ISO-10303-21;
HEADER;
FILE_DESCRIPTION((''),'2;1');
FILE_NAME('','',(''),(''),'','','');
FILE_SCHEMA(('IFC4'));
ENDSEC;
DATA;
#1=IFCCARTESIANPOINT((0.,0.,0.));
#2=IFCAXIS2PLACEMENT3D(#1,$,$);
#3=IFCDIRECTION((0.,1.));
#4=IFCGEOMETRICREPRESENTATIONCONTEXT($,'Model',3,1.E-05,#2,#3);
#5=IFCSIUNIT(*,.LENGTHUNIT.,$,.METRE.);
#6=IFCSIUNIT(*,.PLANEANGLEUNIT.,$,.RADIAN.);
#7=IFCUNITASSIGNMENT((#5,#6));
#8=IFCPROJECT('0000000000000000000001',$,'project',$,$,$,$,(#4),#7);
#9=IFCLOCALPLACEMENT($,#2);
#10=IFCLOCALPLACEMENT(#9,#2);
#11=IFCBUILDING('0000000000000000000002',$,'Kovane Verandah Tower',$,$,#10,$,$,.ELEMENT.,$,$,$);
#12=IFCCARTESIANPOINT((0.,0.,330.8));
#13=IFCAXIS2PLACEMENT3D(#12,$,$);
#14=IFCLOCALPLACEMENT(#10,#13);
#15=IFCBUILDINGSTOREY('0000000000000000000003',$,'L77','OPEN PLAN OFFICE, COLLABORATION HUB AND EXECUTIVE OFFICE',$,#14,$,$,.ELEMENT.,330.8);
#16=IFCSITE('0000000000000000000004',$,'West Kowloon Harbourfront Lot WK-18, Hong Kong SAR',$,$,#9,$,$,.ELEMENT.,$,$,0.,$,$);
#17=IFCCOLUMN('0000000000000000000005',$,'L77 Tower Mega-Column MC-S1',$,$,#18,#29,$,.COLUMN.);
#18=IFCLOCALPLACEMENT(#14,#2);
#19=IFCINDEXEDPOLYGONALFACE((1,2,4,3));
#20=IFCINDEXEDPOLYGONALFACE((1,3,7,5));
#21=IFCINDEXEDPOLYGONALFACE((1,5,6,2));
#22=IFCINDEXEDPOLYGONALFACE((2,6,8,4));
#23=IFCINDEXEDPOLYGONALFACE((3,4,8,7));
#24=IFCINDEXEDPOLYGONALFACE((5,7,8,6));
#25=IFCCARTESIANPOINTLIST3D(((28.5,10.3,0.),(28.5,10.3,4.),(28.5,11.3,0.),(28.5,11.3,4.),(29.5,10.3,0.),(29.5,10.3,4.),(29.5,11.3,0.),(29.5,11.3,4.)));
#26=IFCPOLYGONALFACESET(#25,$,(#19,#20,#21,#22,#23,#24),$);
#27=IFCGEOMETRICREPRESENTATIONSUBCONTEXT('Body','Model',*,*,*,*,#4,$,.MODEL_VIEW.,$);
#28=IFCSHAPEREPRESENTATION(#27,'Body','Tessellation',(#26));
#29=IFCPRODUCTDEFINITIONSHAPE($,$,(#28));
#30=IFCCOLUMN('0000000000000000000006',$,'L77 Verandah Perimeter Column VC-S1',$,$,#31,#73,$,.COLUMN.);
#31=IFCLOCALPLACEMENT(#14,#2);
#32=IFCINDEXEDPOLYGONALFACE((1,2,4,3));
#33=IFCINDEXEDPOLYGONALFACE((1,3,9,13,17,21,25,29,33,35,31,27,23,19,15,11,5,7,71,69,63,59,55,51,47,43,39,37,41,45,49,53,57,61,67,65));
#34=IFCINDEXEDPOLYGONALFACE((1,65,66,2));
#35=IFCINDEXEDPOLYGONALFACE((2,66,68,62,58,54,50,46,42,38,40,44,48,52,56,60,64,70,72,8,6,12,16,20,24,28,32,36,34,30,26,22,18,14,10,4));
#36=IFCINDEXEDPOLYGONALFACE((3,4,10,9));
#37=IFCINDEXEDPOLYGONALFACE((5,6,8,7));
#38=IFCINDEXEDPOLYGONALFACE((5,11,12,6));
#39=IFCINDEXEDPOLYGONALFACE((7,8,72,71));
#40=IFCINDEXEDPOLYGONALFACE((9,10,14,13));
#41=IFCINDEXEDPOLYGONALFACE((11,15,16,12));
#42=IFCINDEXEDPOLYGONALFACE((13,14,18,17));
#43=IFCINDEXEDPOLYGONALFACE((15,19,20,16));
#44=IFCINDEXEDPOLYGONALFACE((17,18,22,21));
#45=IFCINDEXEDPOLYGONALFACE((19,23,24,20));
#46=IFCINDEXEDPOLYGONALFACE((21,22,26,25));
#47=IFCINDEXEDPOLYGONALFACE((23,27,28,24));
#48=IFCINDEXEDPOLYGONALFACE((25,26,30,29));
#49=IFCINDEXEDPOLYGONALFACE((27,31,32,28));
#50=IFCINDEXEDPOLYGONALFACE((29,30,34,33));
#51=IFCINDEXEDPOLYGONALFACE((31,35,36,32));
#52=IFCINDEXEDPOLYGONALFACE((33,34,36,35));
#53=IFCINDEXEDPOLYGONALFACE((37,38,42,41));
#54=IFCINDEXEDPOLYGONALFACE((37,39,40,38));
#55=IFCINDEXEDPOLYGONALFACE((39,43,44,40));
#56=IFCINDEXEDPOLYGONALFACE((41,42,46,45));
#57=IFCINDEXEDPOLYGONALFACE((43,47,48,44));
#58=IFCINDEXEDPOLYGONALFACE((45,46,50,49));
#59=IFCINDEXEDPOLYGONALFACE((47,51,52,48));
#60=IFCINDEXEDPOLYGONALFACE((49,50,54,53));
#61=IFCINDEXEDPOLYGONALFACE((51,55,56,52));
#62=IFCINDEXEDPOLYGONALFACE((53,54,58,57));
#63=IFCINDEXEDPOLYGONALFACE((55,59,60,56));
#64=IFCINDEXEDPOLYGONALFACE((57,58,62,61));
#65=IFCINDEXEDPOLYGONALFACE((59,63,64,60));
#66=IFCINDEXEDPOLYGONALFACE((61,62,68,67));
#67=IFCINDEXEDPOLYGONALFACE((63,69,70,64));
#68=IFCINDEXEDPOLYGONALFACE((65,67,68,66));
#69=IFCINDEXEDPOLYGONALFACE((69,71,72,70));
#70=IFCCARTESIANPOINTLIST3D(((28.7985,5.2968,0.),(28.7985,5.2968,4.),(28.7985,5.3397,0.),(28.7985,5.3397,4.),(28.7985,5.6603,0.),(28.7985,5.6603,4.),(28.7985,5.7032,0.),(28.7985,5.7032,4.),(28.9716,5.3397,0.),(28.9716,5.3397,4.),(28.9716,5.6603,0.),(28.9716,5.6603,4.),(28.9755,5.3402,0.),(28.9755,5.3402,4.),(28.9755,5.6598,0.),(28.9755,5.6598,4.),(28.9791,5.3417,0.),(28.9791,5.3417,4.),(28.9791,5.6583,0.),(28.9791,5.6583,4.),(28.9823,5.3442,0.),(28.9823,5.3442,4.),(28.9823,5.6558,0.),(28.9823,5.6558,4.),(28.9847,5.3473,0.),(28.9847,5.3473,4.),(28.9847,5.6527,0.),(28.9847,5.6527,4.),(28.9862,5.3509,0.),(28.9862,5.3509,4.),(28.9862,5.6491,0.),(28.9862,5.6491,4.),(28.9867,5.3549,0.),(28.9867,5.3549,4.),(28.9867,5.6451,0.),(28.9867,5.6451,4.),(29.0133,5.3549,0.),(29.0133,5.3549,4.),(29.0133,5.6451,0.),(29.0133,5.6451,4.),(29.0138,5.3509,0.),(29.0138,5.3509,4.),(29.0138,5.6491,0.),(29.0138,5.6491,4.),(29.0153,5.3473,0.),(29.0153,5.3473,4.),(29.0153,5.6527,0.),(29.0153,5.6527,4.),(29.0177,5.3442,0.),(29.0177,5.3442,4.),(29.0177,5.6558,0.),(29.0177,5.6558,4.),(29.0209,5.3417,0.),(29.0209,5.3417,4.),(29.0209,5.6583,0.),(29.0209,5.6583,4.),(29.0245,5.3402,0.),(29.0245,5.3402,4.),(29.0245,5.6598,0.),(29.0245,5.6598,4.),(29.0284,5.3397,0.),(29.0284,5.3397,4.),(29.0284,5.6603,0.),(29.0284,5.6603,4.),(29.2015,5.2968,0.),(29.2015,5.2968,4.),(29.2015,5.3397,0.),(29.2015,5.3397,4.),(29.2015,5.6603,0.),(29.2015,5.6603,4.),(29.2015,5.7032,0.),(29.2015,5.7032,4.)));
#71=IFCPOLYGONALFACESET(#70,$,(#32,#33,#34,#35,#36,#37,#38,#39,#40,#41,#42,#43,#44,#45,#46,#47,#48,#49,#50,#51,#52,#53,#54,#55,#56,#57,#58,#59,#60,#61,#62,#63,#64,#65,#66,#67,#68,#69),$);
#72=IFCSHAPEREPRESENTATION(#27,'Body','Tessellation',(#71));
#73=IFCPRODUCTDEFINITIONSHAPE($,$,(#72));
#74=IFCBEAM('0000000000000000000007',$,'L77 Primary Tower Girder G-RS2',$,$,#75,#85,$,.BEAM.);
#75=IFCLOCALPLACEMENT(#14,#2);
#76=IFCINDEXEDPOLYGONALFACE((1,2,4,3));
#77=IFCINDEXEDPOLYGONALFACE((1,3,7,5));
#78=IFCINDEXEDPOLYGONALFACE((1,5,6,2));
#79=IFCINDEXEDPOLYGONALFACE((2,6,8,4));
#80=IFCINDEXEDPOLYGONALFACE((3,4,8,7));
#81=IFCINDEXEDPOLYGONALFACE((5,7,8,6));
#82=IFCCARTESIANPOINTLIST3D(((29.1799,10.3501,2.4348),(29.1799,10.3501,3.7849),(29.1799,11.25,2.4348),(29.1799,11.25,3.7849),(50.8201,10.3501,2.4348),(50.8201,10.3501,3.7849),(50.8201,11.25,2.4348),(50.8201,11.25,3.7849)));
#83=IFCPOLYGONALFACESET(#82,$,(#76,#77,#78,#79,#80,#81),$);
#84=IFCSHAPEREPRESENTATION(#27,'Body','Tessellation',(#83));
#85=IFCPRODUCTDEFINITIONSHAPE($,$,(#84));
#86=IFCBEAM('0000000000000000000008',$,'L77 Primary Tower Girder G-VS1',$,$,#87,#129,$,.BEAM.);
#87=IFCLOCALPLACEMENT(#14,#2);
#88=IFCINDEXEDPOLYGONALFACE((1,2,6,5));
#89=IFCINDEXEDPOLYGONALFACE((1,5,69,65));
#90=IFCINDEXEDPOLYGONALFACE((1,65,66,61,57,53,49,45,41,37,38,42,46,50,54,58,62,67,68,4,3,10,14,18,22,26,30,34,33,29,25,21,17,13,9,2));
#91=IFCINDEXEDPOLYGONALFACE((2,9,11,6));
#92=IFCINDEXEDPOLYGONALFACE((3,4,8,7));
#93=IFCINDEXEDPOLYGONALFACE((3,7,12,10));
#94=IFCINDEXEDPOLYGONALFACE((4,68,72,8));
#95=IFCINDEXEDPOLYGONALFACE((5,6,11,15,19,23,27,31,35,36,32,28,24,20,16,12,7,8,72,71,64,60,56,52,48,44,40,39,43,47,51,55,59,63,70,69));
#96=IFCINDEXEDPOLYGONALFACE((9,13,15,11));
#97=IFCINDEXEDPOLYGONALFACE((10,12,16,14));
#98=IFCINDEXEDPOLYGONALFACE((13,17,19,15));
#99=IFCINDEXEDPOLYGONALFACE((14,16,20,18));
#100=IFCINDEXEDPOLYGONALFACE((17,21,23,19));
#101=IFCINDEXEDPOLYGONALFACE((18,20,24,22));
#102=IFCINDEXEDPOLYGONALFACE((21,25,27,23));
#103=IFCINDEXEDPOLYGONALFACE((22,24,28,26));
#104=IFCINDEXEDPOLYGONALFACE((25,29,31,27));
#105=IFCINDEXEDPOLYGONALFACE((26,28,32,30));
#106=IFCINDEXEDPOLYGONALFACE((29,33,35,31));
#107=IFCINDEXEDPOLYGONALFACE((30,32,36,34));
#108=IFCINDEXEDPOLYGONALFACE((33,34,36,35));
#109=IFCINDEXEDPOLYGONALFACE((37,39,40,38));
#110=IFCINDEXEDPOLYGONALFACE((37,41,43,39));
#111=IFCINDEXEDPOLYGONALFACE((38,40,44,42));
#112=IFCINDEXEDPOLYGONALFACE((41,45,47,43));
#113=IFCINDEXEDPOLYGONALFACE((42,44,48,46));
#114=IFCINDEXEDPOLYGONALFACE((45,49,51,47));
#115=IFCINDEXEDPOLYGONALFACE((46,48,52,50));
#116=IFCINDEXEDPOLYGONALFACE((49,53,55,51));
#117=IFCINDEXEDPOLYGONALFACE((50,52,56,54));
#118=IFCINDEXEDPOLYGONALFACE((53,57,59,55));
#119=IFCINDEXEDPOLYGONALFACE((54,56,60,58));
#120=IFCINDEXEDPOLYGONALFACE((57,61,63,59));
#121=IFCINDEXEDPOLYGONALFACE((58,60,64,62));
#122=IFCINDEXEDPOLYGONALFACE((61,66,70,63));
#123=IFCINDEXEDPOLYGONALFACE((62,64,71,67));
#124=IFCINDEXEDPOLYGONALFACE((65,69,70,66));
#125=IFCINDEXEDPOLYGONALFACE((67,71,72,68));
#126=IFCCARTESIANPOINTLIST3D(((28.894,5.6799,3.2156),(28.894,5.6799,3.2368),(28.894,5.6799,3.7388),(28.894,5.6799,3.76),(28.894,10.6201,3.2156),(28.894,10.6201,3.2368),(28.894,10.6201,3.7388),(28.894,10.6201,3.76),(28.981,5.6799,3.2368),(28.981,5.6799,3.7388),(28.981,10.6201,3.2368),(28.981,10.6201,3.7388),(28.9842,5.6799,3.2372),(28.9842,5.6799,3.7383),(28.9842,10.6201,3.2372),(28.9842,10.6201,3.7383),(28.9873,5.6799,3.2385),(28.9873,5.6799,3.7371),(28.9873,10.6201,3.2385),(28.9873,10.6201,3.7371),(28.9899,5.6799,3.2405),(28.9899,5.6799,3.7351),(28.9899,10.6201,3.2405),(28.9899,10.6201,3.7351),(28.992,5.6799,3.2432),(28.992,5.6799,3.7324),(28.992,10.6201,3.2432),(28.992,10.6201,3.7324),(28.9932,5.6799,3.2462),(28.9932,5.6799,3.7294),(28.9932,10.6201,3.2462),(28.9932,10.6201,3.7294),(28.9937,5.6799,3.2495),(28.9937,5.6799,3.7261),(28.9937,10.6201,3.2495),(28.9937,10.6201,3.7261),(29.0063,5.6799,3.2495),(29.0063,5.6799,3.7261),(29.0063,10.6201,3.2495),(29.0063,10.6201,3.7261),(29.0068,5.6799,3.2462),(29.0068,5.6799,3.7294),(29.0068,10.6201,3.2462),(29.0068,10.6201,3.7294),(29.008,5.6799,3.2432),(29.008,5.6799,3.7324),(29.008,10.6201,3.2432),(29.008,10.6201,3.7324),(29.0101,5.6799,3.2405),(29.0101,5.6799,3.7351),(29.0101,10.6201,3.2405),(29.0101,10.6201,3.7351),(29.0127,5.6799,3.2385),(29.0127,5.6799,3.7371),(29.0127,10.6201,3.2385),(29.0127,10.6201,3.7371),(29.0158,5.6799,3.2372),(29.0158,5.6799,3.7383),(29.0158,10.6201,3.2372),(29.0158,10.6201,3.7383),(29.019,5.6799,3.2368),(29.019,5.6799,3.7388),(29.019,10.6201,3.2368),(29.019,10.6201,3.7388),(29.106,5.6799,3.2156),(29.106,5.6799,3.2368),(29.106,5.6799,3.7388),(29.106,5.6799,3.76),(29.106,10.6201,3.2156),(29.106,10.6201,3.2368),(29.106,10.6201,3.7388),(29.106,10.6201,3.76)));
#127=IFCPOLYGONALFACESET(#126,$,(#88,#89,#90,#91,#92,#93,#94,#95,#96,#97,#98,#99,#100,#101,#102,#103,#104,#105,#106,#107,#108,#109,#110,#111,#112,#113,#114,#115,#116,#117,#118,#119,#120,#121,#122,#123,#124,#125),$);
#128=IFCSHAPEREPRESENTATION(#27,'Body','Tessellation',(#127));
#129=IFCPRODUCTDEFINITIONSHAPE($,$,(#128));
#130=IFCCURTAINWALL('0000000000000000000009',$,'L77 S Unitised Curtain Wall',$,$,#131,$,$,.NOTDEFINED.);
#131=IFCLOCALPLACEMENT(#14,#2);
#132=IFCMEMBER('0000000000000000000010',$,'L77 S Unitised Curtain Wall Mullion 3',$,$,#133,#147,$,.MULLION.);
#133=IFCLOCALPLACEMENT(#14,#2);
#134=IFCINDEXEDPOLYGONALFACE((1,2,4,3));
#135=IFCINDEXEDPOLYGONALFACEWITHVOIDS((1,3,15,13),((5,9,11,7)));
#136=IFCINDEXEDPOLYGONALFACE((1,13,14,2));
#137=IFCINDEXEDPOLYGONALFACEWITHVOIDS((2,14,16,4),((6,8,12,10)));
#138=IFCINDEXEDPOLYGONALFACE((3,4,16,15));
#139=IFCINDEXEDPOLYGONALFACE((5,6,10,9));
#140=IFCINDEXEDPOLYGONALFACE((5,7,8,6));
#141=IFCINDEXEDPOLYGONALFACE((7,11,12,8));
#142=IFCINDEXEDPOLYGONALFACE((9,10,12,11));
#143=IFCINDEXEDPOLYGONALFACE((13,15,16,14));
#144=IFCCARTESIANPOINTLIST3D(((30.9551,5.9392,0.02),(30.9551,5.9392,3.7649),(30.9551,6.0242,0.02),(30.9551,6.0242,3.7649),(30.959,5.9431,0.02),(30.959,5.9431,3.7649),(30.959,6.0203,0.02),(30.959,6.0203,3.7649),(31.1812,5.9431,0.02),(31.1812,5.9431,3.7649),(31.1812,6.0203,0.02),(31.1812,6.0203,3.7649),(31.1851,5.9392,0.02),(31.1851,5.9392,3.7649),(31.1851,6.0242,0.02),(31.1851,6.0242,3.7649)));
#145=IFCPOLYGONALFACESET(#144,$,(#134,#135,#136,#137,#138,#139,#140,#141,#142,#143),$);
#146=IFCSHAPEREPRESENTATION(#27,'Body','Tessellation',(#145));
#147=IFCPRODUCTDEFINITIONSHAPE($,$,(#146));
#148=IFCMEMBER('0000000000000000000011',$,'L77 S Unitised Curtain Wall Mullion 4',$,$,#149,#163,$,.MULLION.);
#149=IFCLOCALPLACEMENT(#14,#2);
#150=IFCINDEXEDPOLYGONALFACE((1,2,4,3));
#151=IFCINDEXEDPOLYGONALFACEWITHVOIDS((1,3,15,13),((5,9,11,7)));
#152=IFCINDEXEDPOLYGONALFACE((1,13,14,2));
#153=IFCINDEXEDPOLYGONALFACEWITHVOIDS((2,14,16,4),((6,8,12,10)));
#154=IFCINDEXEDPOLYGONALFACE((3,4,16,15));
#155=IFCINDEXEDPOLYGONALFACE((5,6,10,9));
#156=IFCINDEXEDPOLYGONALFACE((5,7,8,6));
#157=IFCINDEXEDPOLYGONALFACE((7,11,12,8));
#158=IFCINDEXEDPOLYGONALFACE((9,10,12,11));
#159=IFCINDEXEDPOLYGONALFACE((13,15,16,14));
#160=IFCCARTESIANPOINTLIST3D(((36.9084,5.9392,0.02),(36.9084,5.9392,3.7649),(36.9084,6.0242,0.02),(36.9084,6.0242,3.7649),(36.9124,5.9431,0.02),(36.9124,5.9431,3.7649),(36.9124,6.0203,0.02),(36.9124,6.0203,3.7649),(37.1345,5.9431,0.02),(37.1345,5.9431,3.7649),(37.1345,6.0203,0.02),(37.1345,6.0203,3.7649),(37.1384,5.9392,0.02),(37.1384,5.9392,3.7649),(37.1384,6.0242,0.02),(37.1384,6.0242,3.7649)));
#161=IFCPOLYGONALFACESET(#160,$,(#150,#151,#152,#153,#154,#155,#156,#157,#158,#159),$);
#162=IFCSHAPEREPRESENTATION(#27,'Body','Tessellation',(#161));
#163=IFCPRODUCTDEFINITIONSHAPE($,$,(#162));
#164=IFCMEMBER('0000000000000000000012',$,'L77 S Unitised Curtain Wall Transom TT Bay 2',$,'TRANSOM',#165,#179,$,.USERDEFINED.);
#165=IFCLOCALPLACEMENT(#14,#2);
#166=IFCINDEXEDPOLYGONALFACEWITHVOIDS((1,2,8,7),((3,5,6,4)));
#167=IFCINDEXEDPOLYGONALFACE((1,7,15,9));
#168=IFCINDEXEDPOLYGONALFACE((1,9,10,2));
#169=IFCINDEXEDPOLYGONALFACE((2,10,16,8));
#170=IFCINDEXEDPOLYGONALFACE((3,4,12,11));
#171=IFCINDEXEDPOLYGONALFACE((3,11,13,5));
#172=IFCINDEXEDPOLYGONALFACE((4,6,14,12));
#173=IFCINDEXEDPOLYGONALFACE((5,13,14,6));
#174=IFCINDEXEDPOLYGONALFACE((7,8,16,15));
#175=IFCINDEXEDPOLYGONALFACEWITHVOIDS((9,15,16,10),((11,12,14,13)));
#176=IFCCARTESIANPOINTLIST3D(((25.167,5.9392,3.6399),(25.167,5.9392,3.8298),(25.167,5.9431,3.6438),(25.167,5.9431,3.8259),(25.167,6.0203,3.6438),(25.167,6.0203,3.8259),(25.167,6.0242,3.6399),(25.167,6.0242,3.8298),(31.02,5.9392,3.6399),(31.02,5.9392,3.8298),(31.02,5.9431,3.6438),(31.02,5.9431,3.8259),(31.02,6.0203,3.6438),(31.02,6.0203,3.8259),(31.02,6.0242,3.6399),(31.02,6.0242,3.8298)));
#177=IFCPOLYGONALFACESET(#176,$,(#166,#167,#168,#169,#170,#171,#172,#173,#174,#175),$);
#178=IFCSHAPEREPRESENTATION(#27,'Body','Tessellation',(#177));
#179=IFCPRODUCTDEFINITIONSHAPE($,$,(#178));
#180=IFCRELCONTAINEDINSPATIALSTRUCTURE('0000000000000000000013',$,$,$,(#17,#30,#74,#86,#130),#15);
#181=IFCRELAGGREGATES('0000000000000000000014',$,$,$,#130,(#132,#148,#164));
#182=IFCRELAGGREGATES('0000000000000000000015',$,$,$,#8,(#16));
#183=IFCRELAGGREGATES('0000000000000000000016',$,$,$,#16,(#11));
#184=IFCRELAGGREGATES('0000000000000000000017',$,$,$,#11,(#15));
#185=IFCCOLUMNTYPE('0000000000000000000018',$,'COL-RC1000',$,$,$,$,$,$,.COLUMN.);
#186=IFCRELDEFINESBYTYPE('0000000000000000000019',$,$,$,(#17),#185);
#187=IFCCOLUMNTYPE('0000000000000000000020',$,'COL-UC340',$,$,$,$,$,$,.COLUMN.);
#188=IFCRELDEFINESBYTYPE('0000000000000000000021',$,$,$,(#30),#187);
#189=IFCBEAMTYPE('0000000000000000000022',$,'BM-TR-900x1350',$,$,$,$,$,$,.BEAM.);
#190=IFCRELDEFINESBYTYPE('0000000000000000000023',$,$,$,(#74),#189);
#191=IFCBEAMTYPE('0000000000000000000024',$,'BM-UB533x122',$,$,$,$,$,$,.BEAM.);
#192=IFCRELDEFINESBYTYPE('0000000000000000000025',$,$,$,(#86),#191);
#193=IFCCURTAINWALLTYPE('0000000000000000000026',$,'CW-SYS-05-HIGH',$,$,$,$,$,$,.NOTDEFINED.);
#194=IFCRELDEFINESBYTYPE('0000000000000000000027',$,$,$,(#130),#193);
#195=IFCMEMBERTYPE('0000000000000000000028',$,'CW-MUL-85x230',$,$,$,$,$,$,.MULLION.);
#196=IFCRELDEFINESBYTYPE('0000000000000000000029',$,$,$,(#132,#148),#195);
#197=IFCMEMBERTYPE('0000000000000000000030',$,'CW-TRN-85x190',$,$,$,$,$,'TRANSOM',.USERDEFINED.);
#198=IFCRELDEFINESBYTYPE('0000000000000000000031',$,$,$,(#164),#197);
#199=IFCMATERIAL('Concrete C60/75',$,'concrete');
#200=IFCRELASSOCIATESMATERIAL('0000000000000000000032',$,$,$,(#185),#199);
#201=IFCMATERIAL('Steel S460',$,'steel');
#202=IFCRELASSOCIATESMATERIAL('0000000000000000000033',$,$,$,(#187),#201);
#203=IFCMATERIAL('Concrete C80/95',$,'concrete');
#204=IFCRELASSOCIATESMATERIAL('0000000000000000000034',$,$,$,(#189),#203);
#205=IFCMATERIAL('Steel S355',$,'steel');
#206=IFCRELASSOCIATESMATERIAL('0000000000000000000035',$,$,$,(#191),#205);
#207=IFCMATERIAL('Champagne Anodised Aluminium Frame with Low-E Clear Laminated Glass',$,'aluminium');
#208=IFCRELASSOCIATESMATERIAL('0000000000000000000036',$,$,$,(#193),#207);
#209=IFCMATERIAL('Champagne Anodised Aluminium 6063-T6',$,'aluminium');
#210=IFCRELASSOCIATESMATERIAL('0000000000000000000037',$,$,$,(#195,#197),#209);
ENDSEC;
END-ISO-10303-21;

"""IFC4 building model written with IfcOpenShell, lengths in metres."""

from ifc_helpers import new_model, si_unit, direction, frame, origin, origin_2d, place, context, subcontext, project, spatial, rectangle, hollow_rectangle, i_section, extrude, material, material_profile, profile_set, type_object, element, aggregate, save


model = new_model("IFC4")

# Units and contexts
model_context = context("Model", 3, precision=1e-05, world=origin(), true_north=direction((0.0, 1.0)))
body_context = subcontext(model_context, "Body", "Model", "MODEL_VIEW")
ifc_project = project(units=[si_unit("LENGTHUNIT", "METRE"), si_unit("PLANEANGLEUNIT", "RADIAN")], contexts=[model_context])

# Site, building, storey
site_placement = place(None, origin())
site = spatial("IfcSite", under=ifc_project, at=site_placement, Name="West Kowloon Harbourfront Lot WK-18, Hong Kong SAR", CompositionType="ELEMENT", RefElevation=0.0)
building_placement = place(site_placement, origin())
building = spatial("IfcBuilding", under=site, at=building_placement, Name="Kovane Verandah Tower", CompositionType="ELEMENT")
storey_placement = place(building_placement, frame((0.0, 0.0, 330.8)))
storey = spatial("IfcBuildingStorey", under=building, at=storey_placement, Name="L77", Description="OPEN PLAN OFFICE, COLLABORATION HUB AND EXECUTIVE OFFICE", CompositionType="ELEMENT", Elevation=330.8)

# Columns
ifc_material_1 = material(Name="Concrete C60/75", Category="concrete")
ifc_material_profile_1 = material_profile(ifc_material_1, rectangle(XDim=1.0, YDim=1.0, at=origin_2d()), Name="RC1000x1000")
ifc_profile_set_1 = profile_set([ifc_material_profile_1], Name="Concrete C60/75")
column_type_1 = type_object("IfcColumnType", Name="COL-RC1000", PredefinedType="COLUMN", material=ifc_profile_set_1)
column_1_placement = place(storey_placement, frame((29.0, 10.8, 0.0), z_axis=(0.0, 0.0, 1.0), x_axis=(1.0, 0.0, 0.0)))
element("IfcColumn", 1, at=column_1_placement, inside=storey, type_object=column_type_1, Name="L77 Tower Mega-Column MC-S1", PredefinedType="COLUMN", context=body_context, shape_type="SweptSolid", body=[
    extrude(rectangle(XDim=1.0, YDim=1.0, at=origin_2d()), origin(), (0.0, 0.0, 1.0), 4.0),
])
ifc_material_2 = material(Name="Steel S460", Category="steel")
ifc_material_profile_2 = material_profile(ifc_material_2, i_section(OverallWidth=0.4031, OverallDepth=0.4065, WebThickness=0.0266, FlangeThickness=0.043, FilletRadius=0.0151, at=origin_2d()), Name="UC356x406x340")
ifc_profile_set_2 = profile_set([ifc_material_profile_2], Name="Steel S460")
column_type_2 = type_object("IfcColumnType", Name="COL-UC340", PredefinedType="COLUMN", material=ifc_profile_set_2)
column_2_placement = place(storey_placement, frame((29.0, 5.5, 0.0), z_axis=(0.0, 0.0, 1.0), x_axis=(1.0, 0.0, 0.0)))
element("IfcColumn", 2, at=column_2_placement, inside=storey, type_object=column_type_2, Name="L77 Verandah Perimeter Column VC-S1", PredefinedType="COLUMN", context=body_context, shape_type="SweptSolid", body=[
    extrude(i_section(OverallWidth=0.4031, OverallDepth=0.4065, WebThickness=0.0266, FlangeThickness=0.043, FilletRadius=0.0151, at=origin_2d()), origin(), (0.0, 0.0, 1.0), 4.0),
])

# Beams
ifc_material_3 = material(Name="Concrete C80/95", Category="concrete")
ifc_material_profile_3 = material_profile(ifc_material_3, rectangle(XDim=0.8999, YDim=1.3501, at=origin_2d()), Name="RCB900x1350")
ifc_profile_set_3 = profile_set([ifc_material_profile_3], Name="Concrete C80/95")
beam_type_1 = type_object("IfcBeamType", Name="BM-TR-900x1350", PredefinedType="BEAM", material=ifc_profile_set_3)
beam_1_placement = place(storey_placement, frame((29.1799, 10.8, 3.1099), z_axis=(1.0, 0.0, 0.0), x_axis=(0.0, 1.0, 0.0)))
element("IfcBeam", 3, at=beam_1_placement, inside=storey, type_object=beam_type_1, Name="L77 Primary Tower Girder G-RS2", PredefinedType="BEAM", context=body_context, shape_type="SweptSolid", body=[
    extrude(rectangle(XDim=0.8999, YDim=1.3501, at=origin_2d()), origin(), (0.0, 0.0, 1.0), 21.6401),
])
ifc_material_4 = material(Name="Steel S355", Category="steel")
ifc_material_profile_4 = material_profile(ifc_material_4, i_section(OverallWidth=0.2119, OverallDepth=0.5444, WebThickness=0.0127, FlangeThickness=0.0212, FilletRadius=0.0127, at=origin_2d()), Name="UB533x210x122")
ifc_profile_set_4 = profile_set([ifc_material_profile_4], Name="Steel S355")
beam_type_2 = type_object("IfcBeamType", Name="BM-UB533x122", PredefinedType="BEAM", material=ifc_profile_set_4)
beam_2_placement = place(storey_placement, frame((29.0, 10.6201, 3.4878), z_axis=(0.0, -1.0, 0.0), x_axis=(1.0, 0.0, 0.0)))
element("IfcBeam", 4, at=beam_2_placement, inside=storey, type_object=beam_type_2, Name="L77 Primary Tower Girder G-VS1", PredefinedType="BEAM", context=body_context, shape_type="SweptSolid", body=[
    extrude(i_section(OverallWidth=0.2119, OverallDepth=0.5444, WebThickness=0.0127, FlangeThickness=0.0212, FilletRadius=0.0127, at=origin_2d()), origin(), (0.0, 0.0, 1.0), 4.9402),
])

# Curtain wall, members
ifc_material_5 = material(Name="Champagne Anodised Aluminium Frame with Low-E Clear Laminated Glass", Category="aluminium")
curtain_wall_type = type_object("IfcCurtainWallType", Name="CW-SYS-05-HIGH", PredefinedType="NOTDEFINED", material=ifc_material_5)
curtain_wall_placement = place(storey_placement, origin())
curtain_wall = element("IfcCurtainWall", 5, at=curtain_wall_placement, inside=storey, type_object=curtain_wall_type, Name="L77 S Unitised Curtain Wall", PredefinedType="NOTDEFINED")
ifc_material_6 = material(Name="Champagne Anodised Aluminium 6063-T6", Category="aluminium")
ifc_material_profile_5 = material_profile(ifc_material_6, hollow_rectangle(XDim=0.085, YDim=0.23, WallThickness=0.0039, at=origin_2d()), Name="AL85x230x4")
ifc_profile_set_5 = profile_set([ifc_material_profile_5], Name="Champagne Anodised Aluminium 6063-T6")
member_type_1 = type_object("IfcMemberType", Name="CW-MUL-85x230", PredefinedType="MULLION", material=ifc_profile_set_5)
member_1_placement = place(storey_placement, frame((31.0701, 5.9817, 0.02), z_axis=(0.0, 0.0, 1.0), x_axis=(0.0, -1.0, 0.0)))
member_1 = element("IfcMember", 6, at=member_1_placement, type_object=member_type_1, Name="L77 S Unitised Curtain Wall Mullion 3", PredefinedType="MULLION", context=body_context, shape_type="SweptSolid", body=[
    extrude(hollow_rectangle(XDim=0.085, YDim=0.23, WallThickness=0.0039, at=origin_2d()), origin(), (0.0, 0.0, 1.0), 3.7449),
])
member_2_placement = place(storey_placement, frame((37.0234, 5.9817, 0.02), z_axis=(0.0, 0.0, 1.0), x_axis=(0.0, -1.0, 0.0)))
member_2 = element("IfcMember", 7, at=member_2_placement, type_object=member_type_1, Name="L77 S Unitised Curtain Wall Mullion 4", PredefinedType="MULLION", context=body_context, shape_type="SweptSolid", body=[
    extrude(hollow_rectangle(XDim=0.085, YDim=0.23, WallThickness=0.0039, at=origin_2d()), origin(), (0.0, 0.0, 1.0), 3.7449),
])
ifc_material_profile_6 = material_profile(ifc_material_6, hollow_rectangle(XDim=0.085, YDim=0.1899, WallThickness=0.0039, at=origin_2d()), Name="AL85x190x4")
ifc_profile_set_6 = profile_set([ifc_material_profile_6], Name="Champagne Anodised Aluminium 6063-T6")
member_type_2 = type_object("IfcMemberType", Name="CW-TRN-85x190", ElementType="TRANSOM", PredefinedType="USERDEFINED", material=ifc_profile_set_6)
member_3_placement = place(storey_placement, frame((25.167, 5.9817, 3.7349), z_axis=(1.0, 0.0, 0.0), x_axis=(0.0, 1.0, 0.0)))
member_3 = element("IfcMember", 8, at=member_3_placement, type_object=member_type_2, Name="L77 S Unitised Curtain Wall Transom TT Bay 2", ObjectType="TRANSOM", PredefinedType="USERDEFINED", context=body_context, shape_type="SweptSolid", body=[
    extrude(hollow_rectangle(XDim=0.085, YDim=0.1899, WallThickness=0.0039, at=origin_2d()), origin(), (0.0, 0.0, 1.0), 5.853),
])

aggregate(curtain_wall, [member_1, member_2, member_3])

save(model, "model.ifc")
